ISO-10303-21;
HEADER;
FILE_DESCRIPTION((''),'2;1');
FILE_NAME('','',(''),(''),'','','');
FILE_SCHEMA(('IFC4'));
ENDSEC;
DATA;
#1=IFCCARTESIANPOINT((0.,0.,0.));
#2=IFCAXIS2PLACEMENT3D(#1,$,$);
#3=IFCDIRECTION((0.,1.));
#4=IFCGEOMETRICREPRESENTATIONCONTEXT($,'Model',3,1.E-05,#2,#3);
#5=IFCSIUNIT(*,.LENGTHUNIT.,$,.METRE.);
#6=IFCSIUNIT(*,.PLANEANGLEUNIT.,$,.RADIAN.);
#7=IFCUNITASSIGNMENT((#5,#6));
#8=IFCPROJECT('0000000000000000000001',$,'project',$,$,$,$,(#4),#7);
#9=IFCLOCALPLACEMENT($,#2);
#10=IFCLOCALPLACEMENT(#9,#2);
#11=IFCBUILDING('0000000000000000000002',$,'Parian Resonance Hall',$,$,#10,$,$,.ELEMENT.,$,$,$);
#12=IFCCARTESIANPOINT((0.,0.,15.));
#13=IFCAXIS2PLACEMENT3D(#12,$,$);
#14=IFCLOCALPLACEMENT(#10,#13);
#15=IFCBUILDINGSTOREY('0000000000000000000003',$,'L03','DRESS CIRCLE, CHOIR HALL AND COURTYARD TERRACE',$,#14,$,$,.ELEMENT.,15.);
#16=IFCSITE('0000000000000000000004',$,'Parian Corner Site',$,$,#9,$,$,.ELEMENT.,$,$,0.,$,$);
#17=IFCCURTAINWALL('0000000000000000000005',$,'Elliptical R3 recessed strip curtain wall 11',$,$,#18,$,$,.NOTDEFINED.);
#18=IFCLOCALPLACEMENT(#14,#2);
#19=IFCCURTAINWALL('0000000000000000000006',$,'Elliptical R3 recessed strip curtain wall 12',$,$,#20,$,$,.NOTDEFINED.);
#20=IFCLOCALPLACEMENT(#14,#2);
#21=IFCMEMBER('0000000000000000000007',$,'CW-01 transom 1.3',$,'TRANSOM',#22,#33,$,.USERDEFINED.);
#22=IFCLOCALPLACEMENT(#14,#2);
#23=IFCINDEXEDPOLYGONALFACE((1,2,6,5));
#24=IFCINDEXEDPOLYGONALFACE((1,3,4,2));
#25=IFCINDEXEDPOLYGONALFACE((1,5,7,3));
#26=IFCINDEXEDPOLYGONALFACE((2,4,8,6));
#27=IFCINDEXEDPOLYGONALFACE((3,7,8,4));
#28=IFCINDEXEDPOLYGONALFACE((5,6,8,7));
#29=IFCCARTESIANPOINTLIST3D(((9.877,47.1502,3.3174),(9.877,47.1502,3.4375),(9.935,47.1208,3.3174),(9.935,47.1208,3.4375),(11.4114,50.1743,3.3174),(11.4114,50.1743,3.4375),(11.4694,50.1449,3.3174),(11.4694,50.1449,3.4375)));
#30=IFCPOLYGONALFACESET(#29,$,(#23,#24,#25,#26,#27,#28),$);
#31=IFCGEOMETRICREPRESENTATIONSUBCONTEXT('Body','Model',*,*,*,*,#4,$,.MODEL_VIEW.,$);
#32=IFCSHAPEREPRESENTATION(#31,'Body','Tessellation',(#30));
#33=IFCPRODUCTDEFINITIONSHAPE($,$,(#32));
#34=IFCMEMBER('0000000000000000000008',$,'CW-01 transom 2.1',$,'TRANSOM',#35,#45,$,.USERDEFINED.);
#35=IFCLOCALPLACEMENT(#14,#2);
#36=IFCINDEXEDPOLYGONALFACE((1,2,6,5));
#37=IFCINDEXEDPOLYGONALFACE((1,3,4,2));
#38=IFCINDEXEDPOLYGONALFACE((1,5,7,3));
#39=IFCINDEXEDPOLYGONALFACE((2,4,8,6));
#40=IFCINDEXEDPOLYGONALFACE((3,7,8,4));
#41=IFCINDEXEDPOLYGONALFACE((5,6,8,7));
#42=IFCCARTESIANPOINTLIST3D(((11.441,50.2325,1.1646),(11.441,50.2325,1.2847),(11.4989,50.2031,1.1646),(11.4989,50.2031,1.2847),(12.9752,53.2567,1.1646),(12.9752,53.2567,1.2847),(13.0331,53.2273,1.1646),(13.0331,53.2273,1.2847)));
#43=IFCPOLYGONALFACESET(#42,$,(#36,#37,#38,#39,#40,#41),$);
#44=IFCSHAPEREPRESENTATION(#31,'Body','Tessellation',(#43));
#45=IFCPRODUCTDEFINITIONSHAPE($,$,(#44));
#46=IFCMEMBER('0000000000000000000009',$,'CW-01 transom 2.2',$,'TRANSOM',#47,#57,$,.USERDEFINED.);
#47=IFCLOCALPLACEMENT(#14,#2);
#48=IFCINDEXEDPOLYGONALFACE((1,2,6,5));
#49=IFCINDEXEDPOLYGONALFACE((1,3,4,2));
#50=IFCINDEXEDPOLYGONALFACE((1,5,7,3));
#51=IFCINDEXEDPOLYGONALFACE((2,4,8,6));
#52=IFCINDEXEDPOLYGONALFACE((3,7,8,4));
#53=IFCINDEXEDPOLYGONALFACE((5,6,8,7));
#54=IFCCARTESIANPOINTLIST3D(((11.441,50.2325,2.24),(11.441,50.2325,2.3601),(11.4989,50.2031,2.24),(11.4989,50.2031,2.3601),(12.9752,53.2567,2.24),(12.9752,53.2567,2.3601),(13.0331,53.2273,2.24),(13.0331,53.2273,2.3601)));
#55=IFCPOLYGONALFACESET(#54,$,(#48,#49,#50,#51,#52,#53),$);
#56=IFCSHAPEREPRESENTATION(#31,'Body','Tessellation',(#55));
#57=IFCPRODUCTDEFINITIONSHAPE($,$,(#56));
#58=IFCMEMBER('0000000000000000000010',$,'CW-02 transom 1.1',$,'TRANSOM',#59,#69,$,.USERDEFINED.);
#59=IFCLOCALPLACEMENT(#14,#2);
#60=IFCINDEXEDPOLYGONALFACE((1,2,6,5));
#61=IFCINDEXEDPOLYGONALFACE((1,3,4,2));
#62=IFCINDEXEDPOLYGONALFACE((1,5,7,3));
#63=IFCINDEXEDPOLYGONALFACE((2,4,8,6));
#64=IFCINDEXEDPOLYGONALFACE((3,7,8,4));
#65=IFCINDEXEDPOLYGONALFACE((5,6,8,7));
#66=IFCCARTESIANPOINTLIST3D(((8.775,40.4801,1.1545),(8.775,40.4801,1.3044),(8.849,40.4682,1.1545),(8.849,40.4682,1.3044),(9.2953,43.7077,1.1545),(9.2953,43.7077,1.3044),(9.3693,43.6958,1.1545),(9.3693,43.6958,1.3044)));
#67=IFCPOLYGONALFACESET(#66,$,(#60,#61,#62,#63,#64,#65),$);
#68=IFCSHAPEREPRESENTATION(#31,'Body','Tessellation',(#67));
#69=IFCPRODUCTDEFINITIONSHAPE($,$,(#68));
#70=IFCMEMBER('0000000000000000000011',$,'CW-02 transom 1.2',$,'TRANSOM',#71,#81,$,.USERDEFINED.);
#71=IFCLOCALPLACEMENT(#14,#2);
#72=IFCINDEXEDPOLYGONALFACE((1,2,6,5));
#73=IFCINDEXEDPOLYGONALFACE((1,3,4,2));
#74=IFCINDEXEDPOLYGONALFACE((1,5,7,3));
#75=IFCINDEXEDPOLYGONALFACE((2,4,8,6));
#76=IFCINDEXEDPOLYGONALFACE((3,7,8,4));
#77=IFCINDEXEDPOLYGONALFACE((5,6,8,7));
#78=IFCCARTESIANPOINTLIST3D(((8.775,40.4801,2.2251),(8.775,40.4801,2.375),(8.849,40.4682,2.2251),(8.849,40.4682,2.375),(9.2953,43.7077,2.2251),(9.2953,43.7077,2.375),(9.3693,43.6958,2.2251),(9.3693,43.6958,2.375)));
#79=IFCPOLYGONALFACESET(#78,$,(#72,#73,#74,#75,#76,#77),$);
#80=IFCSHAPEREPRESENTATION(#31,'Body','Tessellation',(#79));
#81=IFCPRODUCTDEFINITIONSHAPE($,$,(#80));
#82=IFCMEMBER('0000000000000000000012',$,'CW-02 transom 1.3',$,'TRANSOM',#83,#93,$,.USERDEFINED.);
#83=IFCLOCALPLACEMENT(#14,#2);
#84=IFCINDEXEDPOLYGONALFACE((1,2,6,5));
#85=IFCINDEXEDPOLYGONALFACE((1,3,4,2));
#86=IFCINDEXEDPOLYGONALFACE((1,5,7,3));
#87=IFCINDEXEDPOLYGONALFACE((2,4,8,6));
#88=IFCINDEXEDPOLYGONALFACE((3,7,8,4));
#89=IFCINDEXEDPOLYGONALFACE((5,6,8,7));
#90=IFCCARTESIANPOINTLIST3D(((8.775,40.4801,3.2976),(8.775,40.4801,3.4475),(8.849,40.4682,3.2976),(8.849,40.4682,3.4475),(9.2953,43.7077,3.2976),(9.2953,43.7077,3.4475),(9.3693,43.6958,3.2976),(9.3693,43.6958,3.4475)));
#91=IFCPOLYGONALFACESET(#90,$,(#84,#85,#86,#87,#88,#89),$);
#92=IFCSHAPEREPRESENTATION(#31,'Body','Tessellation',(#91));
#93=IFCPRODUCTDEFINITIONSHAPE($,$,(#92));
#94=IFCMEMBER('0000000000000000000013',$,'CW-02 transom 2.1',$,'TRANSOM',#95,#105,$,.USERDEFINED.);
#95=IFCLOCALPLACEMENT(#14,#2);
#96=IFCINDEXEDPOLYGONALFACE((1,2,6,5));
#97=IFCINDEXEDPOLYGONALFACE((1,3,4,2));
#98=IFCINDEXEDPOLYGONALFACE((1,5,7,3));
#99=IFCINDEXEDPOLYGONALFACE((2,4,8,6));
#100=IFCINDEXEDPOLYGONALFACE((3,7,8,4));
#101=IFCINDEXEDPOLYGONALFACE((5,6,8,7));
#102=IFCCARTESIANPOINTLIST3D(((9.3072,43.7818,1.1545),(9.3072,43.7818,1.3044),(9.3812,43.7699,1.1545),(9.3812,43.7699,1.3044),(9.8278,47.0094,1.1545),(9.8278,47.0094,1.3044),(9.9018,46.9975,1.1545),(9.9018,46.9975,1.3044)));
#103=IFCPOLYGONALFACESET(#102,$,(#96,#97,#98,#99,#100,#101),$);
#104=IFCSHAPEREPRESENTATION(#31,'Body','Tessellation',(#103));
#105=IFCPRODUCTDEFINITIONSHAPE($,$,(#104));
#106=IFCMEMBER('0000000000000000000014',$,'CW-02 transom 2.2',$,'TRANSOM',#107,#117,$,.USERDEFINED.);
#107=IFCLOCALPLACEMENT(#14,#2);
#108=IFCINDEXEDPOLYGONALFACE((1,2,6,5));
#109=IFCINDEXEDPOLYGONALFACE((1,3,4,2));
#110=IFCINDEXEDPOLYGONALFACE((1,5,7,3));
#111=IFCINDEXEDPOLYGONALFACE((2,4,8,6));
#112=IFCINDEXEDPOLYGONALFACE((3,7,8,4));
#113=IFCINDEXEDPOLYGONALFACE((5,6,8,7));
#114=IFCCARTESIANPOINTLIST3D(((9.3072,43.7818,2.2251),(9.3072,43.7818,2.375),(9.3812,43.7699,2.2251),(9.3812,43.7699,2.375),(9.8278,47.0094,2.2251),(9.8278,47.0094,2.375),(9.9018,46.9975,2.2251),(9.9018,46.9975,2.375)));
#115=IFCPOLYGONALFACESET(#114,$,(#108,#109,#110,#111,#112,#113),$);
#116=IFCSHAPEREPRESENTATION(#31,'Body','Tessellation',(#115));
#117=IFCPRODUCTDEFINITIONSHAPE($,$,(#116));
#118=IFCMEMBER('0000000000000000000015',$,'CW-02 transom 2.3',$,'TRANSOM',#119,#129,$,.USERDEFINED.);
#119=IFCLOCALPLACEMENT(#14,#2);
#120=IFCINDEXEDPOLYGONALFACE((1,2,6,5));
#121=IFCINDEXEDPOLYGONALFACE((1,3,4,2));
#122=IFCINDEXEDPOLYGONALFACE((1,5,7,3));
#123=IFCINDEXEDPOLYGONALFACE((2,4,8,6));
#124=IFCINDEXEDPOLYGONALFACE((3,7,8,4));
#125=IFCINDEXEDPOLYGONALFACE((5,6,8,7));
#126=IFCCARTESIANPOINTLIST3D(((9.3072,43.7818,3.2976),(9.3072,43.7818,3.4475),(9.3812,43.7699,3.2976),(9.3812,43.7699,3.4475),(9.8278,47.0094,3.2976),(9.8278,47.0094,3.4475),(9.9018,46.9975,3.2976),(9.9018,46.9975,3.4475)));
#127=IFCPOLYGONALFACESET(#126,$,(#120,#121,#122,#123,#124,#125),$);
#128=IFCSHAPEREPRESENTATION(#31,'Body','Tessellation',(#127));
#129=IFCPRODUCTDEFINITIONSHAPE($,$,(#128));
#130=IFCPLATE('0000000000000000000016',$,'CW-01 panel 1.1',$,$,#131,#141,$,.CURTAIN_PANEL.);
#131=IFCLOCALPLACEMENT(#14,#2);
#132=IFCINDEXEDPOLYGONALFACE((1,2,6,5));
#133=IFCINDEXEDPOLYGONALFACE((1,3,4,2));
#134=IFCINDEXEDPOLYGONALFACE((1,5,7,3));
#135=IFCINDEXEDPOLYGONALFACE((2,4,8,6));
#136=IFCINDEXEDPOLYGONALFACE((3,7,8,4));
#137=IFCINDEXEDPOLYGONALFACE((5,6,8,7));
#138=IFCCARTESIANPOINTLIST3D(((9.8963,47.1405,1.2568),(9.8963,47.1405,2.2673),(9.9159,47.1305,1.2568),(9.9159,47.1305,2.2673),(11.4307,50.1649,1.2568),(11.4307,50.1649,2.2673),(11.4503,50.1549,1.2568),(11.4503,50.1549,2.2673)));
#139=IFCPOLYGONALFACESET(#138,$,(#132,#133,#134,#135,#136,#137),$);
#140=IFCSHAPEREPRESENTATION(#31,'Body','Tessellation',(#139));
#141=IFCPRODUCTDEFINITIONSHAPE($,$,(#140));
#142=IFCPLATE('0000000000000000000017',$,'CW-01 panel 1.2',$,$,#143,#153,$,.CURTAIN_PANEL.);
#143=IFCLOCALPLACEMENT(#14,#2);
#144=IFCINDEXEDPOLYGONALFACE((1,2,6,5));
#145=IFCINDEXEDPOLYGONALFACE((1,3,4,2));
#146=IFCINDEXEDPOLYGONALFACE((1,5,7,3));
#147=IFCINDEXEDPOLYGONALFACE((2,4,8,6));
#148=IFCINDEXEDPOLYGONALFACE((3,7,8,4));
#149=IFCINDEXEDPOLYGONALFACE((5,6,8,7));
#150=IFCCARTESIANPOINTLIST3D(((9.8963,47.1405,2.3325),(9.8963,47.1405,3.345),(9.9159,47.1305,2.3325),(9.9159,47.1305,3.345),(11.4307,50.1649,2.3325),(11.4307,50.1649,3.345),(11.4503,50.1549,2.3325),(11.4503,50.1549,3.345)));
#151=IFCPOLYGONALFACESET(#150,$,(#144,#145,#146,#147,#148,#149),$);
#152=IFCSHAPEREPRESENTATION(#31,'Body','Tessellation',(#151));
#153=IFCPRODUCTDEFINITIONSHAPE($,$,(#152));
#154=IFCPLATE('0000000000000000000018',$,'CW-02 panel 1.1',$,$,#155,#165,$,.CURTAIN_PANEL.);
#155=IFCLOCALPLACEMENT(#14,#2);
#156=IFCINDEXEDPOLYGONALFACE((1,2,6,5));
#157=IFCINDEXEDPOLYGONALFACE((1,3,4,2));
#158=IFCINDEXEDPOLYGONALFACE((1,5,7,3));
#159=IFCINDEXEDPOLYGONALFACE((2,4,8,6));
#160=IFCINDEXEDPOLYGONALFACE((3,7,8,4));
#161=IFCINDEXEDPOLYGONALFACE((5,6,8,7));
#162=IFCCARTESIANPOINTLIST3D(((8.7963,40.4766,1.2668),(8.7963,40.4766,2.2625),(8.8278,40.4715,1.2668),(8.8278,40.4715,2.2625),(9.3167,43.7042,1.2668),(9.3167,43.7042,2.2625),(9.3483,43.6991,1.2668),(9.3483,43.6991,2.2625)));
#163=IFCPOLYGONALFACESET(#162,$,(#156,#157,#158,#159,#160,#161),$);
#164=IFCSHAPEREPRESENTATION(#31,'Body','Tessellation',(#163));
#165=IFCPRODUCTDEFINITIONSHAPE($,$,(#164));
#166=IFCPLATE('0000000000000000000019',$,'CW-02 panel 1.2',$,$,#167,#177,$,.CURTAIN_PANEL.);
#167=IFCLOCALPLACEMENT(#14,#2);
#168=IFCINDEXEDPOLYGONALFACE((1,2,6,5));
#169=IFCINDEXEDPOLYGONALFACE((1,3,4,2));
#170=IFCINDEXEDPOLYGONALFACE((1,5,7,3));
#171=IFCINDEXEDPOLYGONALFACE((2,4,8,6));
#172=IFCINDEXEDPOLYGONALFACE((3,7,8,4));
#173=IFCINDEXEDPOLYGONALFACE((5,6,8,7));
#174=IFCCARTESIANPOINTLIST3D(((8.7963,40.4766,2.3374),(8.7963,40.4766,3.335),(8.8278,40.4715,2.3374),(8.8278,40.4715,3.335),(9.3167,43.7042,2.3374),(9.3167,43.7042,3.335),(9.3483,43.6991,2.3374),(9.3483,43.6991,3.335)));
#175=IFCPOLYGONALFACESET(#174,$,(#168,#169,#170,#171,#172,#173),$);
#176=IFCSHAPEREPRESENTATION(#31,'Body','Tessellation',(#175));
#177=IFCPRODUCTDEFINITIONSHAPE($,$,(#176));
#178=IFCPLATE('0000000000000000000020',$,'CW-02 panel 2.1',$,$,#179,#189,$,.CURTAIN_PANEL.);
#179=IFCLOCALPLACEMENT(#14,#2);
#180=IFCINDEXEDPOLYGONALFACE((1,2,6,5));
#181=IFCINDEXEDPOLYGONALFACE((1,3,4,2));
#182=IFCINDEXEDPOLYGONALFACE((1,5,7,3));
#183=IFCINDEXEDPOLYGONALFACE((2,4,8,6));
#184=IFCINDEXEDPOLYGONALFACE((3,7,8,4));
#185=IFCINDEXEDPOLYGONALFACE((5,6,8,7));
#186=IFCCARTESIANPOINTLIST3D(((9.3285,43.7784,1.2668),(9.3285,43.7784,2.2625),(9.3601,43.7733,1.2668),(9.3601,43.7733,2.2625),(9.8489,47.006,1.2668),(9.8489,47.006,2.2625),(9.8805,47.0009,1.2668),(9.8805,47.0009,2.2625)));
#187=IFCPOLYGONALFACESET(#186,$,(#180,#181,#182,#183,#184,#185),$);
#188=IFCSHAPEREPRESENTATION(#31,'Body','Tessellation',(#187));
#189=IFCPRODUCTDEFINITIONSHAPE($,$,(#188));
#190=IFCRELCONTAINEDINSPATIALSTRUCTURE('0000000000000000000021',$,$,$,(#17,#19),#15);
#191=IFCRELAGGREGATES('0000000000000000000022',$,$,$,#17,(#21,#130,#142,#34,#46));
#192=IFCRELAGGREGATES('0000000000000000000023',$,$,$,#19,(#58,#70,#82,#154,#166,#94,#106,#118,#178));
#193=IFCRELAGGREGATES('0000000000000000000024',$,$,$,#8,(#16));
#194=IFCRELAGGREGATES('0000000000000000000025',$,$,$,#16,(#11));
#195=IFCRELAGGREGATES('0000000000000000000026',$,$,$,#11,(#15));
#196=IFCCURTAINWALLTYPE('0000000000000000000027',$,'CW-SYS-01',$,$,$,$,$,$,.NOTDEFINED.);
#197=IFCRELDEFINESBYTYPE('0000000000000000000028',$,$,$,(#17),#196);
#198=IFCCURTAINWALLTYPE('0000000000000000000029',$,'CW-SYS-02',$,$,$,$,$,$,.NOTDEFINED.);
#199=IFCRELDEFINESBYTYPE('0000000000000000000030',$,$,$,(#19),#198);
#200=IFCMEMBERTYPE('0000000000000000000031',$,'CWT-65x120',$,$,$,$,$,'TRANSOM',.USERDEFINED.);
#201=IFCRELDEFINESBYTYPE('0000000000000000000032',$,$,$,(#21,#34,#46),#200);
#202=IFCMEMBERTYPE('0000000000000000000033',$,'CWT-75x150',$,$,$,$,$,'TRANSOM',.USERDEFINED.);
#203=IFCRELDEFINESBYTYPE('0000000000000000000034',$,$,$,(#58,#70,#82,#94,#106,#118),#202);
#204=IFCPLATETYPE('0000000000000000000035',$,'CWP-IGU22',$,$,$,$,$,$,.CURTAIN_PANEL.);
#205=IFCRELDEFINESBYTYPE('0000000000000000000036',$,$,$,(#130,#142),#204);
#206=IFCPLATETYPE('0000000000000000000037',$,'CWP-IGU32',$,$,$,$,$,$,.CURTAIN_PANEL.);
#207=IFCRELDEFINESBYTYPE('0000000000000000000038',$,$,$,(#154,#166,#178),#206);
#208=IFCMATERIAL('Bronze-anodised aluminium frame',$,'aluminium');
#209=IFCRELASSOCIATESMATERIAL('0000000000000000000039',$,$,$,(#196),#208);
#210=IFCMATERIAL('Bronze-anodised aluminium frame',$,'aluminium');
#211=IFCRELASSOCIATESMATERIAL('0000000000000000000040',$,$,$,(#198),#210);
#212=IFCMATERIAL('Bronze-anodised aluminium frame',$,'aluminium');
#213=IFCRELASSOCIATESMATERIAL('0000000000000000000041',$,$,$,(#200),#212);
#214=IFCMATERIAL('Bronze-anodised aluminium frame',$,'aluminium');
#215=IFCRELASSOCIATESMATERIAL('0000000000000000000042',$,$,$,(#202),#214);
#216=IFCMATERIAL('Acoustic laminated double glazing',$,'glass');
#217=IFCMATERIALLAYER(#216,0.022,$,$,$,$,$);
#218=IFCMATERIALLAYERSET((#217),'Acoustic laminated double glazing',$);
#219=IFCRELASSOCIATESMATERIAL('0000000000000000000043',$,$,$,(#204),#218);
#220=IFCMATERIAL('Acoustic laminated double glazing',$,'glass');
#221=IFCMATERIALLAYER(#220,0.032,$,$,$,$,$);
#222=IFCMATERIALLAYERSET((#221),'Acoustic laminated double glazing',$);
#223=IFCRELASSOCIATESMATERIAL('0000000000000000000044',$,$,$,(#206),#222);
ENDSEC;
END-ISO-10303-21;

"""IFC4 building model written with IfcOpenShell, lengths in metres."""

from ifc_helpers import new_model, si_unit, direction, frame, origin, origin_2d, place, context, subcontext, project, spatial, rectangle, extrude, material, layer, layer_set, material_profile, profile_set, type_object, element, aggregate, save


model = new_model("IFC4")

# Units and contexts
model_context = context("Model", 3, precision=1e-05, world=origin(), true_north=direction((0.0, 1.0)))
body_context = subcontext(model_context, "Body", "Model", "MODEL_VIEW")
ifc_project = project(units=[si_unit("LENGTHUNIT", "METRE"), si_unit("PLANEANGLEUNIT", "RADIAN")], contexts=[model_context])

# Site, building, storey
site_placement = place(None, origin())
site = spatial("IfcSite", under=ifc_project, at=site_placement, Name="Parian Corner Site", CompositionType="ELEMENT", RefElevation=0.0)
building_placement = place(site_placement, origin())
building = spatial("IfcBuilding", under=site, at=building_placement, Name="Parian Resonance Hall", CompositionType="ELEMENT")
storey_placement = place(building_placement, frame((0.0, 0.0, 15.0)))
storey = spatial("IfcBuildingStorey", under=building, at=storey_placement, Name="L03", Description="DRESS CIRCLE, CHOIR HALL AND COURTYARD TERRACE", CompositionType="ELEMENT", Elevation=15.0)

# Curtain wall
ifc_material_1 = material(Name="Bronze-anodised aluminium frame", Category="aluminium")
curtain_wall_type_1 = type_object("IfcCurtainWallType", Name="CW-SYS-01", PredefinedType="NOTDEFINED", material=ifc_material_1)
curtain_wall_1_placement = place(storey_placement, origin())
curtain_wall_1 = element("IfcCurtainWall", 1, at=curtain_wall_1_placement, inside=storey, type_object=curtain_wall_type_1, Name="Elliptical R3 recessed strip curtain wall 11", PredefinedType="NOTDEFINED")

# Curtain wall
ifc_material_2 = material(Name="Bronze-anodised aluminium frame", Category="aluminium")
curtain_wall_type_2 = type_object("IfcCurtainWallType", Name="CW-SYS-02", PredefinedType="NOTDEFINED", material=ifc_material_2)
curtain_wall_2_placement = place(storey_placement, origin())
curtain_wall_2 = element("IfcCurtainWall", 2, at=curtain_wall_2_placement, inside=storey, type_object=curtain_wall_type_2, Name="Elliptical R3 recessed strip curtain wall 12", PredefinedType="NOTDEFINED")

# Members
ifc_material_3 = material(Name="Bronze-anodised aluminium frame", Category="aluminium")
ifc_material_profile_1 = material_profile(ifc_material_3, rectangle(XDim=0.0649, YDim=0.1201, at=origin_2d()), Name="CWT-65x120")
ifc_profile_set_1 = profile_set([ifc_material_profile_1], Name="Bronze-anodised aluminium frame")
member_type_1 = type_object("IfcMemberType", Name="CWT-65x120", ElementType="TRANSOM", PredefinedType="USERDEFINED", material=ifc_profile_set_1)
member_1_placement = place(storey_placement, frame((9.906, 47.1355, 3.3774), z_axis=(0.452476, 0.891777, 0.0), x_axis=(-0.891777, 0.452476, 0.0)))
member_1 = element("IfcMember", 3, at=member_1_placement, type_object=member_type_1, Name="CW-01 transom 1.3", ObjectType="TRANSOM", PredefinedType="USERDEFINED", context=body_context, shape_type="SweptSolid", body=[
    extrude(rectangle(XDim=0.0649, YDim=0.1201, at=origin_2d()), origin(), (0.0, 0.0, 1.0), 3.3911),
])
member_2_placement = place(storey_placement, frame((11.47, 50.2178, 1.2246), z_axis=(0.452418, 0.891806, 0.0), x_axis=(-0.891806, 0.452418, 0.0)))
member_2 = element("IfcMember", 4, at=member_2_placement, type_object=member_type_1, Name="CW-01 transom 2.1", ObjectType="TRANSOM", PredefinedType="USERDEFINED", context=body_context, shape_type="SweptSolid", body=[
    extrude(rectangle(XDim=0.0649, YDim=0.1201, at=origin_2d()), origin(), (0.0, 0.0, 1.0), 3.3911),
])
member_3_placement = place(storey_placement, frame((11.47, 50.2178, 2.3), z_axis=(0.452418, 0.891806, 0.0), x_axis=(-0.891806, 0.452418, 0.0)))
member_3 = element("IfcMember", 5, at=member_3_placement, type_object=member_type_1, Name="CW-01 transom 2.2", ObjectType="TRANSOM", PredefinedType="USERDEFINED", context=body_context, shape_type="SweptSolid", body=[
    extrude(rectangle(XDim=0.0649, YDim=0.1201, at=origin_2d()), origin(), (0.0, 0.0, 1.0), 3.3911),
])
ifc_material_4 = material(Name="Bronze-anodised aluminium frame", Category="aluminium")
ifc_material_profile_2 = material_profile(ifc_material_4, rectangle(XDim=0.075, YDim=0.1499, at=origin_2d()), Name="CWT-75x150")
ifc_profile_set_2 = profile_set([ifc_material_profile_2], Name="Bronze-anodised aluminium frame")
member_type_2 = type_object("IfcMemberType", Name="CWT-75x150", ElementType="TRANSOM", PredefinedType="USERDEFINED", material=ifc_profile_set_2)
member_4_placement = place(storey_placement, frame((8.812, 40.4741, 1.2295), z_axis=(0.159141, 0.987256, 0.0), x_axis=(-0.987256, 0.159141, 0.0)))
member_4 = element("IfcMember", 6, at=member_4_placement, type_object=member_type_2, Name="CW-02 transom 1.1", ObjectType="TRANSOM", PredefinedType="USERDEFINED", context=body_context, shape_type="SweptSolid", body=[
    extrude(rectangle(XDim=0.075, YDim=0.1499, at=origin_2d()), origin(), (0.0, 0.0, 1.0), 3.2693),
])
member_5_placement = place(storey_placement, frame((8.812, 40.4741, 2.3), z_axis=(0.159141, 0.987256, 0.0), x_axis=(-0.987256, 0.159141, 0.0)))
member_5 = element("IfcMember", 7, at=member_5_placement, type_object=member_type_2, Name="CW-02 transom 1.2", ObjectType="TRANSOM", PredefinedType="USERDEFINED", context=body_context, shape_type="SweptSolid", body=[
    extrude(rectangle(XDim=0.075, YDim=0.1499, at=origin_2d()), origin(), (0.0, 0.0, 1.0), 3.2693),
])
member_6_placement = place(storey_placement, frame((8.812, 40.4741, 3.3726), z_axis=(0.159141, 0.987256, 0.0), x_axis=(-0.987256, 0.159141, 0.0)))
member_6 = element("IfcMember", 8, at=member_6_placement, type_object=member_type_2, Name="CW-02 transom 1.3", ObjectType="TRANSOM", PredefinedType="USERDEFINED", context=body_context, shape_type="SweptSolid", body=[
    extrude(rectangle(XDim=0.075, YDim=0.1499, at=origin_2d()), origin(), (0.0, 0.0, 1.0), 3.2693),
])
member_7_placement = place(storey_placement, frame((9.3442, 43.7759, 1.2295), z_axis=(0.159214, 0.987244, 0.0), x_axis=(-0.987244, 0.159214, 0.0)))
member_7 = element("IfcMember", 9, at=member_7_placement, type_object=member_type_2, Name="CW-02 transom 2.1", ObjectType="TRANSOM", PredefinedType="USERDEFINED", context=body_context, shape_type="SweptSolid", body=[
    extrude(rectangle(XDim=0.075, YDim=0.1499, at=origin_2d()), origin(), (0.0, 0.0, 1.0), 3.2693),
])
member_8_placement = place(storey_placement, frame((9.3442, 43.7759, 2.3), z_axis=(0.159214, 0.987244, 0.0), x_axis=(-0.987244, 0.159214, 0.0)))
member_8 = element("IfcMember", 10, at=member_8_placement, type_object=member_type_2, Name="CW-02 transom 2.2", ObjectType="TRANSOM", PredefinedType="USERDEFINED", context=body_context, shape_type="SweptSolid", body=[
    extrude(rectangle(XDim=0.075, YDim=0.1499, at=origin_2d()), origin(), (0.0, 0.0, 1.0), 3.2693),
])
member_9_placement = place(storey_placement, frame((9.3442, 43.7759, 3.3726), z_axis=(0.159214, 0.987244, 0.0), x_axis=(-0.987244, 0.159214, 0.0)))
member_9 = element("IfcMember", 11, at=member_9_placement, type_object=member_type_2, Name="CW-02 transom 2.3", ObjectType="TRANSOM", PredefinedType="USERDEFINED", context=body_context, shape_type="SweptSolid", body=[
    extrude(rectangle(XDim=0.075, YDim=0.1499, at=origin_2d()), origin(), (0.0, 0.0, 1.0), 3.2693),
])

# Plates
ifc_material_5 = material(Name="Acoustic laminated double glazing", Category="glass")
ifc_layer_1 = layer(ifc_material_5, 0.022)
ifc_layer_set_1 = layer_set([ifc_layer_1], Name="Acoustic laminated double glazing")
plate_type_1 = type_object("IfcPlateType", Name="CWP-IGU22", PredefinedType="CURTAIN_PANEL", material=ifc_layer_set_1)
plate_1_placement = place(storey_placement, frame((10.6733, 48.6477, 1.2568), z_axis=(0.0, 0.0, 1.0), x_axis=(0.45244, 0.891795, 0.0)))
plate_1 = element("IfcPlate", 12, at=plate_1_placement, type_object=plate_type_1, Name="CW-01 panel 1.1", PredefinedType="CURTAIN_PANEL", context=body_context, shape_type="SweptSolid", body=[
    extrude(rectangle(XDim=3.3914, YDim=0.022, at=origin_2d()), origin(), (0.0, 0.0, 1.0), 1.0105),
])
plate_2_placement = place(storey_placement, frame((10.6733, 48.6477, 2.3325), z_axis=(0.0, 0.0, 1.0), x_axis=(0.45244, 0.891795, 0.0)))
plate_2 = element("IfcPlate", 13, at=plate_2_placement, type_object=plate_type_1, Name="CW-01 panel 1.2", PredefinedType="CURTAIN_PANEL", context=body_context, shape_type="SweptSolid", body=[
    extrude(rectangle(XDim=3.3914, YDim=0.022, at=origin_2d()), origin(), (0.0, 0.0, 1.0), 1.0125),
])
aggregate(curtain_wall_1, [member_1, plate_1, plate_2, member_2, member_3])
ifc_material_6 = material(Name="Acoustic laminated double glazing", Category="glass")
ifc_layer_2 = layer(ifc_material_6, 0.032)
ifc_layer_set_2 = layer_set([ifc_layer_2], Name="Acoustic laminated double glazing")
plate_type_2 = type_object("IfcPlateType", Name="CWP-IGU32", PredefinedType="CURTAIN_PANEL", material=ifc_layer_set_2)
plate_3_placement = place(storey_placement, frame((9.0723, 42.0879, 1.2668), z_axis=(0.0, 0.0, 1.0), x_axis=(0.159187, 0.987248, 0.0)))
plate_3 = element("IfcPlate", 14, at=plate_3_placement, type_object=plate_type_2, Name="CW-02 panel 1.1", PredefinedType="CURTAIN_PANEL", context=body_context, shape_type="SweptSolid", body=[
    extrude(rectangle(XDim=3.2693, YDim=0.032, at=origin_2d()), origin(), (0.0, 0.0, 1.0), 0.9956),
])
plate_4_placement = place(storey_placement, frame((9.0723, 42.0879, 2.3374), z_axis=(0.0, 0.0, 1.0), x_axis=(0.159187, 0.987248, 0.0)))
plate_4 = element("IfcPlate", 15, at=plate_4_placement, type_object=plate_type_2, Name="CW-02 panel 1.2", PredefinedType="CURTAIN_PANEL", context=body_context, shape_type="SweptSolid", body=[
    extrude(rectangle(XDim=3.2693, YDim=0.032, at=origin_2d()), origin(), (0.0, 0.0, 1.0), 0.9976),
])
plate_5_placement = place(storey_placement, frame((9.6045, 45.3896, 1.2668), z_axis=(0.0, 0.0, 1.0), x_axis=(0.159187, 0.987248, 0.0)))
plate_5 = element("IfcPlate", 16, at=plate_5_placement, type_object=plate_type_2, Name="CW-02 panel 2.1", PredefinedType="CURTAIN_PANEL", context=body_context, shape_type="SweptSolid", body=[
    extrude(rectangle(XDim=3.2693, YDim=0.032, at=origin_2d()), origin(), (0.0, 0.0, 1.0), 0.9956),
])
aggregate(curtain_wall_2, [member_4, member_5, member_6, plate_3, plate_4, member_7, member_8, member_9, plate_5])

save(model, "model.ifc")
